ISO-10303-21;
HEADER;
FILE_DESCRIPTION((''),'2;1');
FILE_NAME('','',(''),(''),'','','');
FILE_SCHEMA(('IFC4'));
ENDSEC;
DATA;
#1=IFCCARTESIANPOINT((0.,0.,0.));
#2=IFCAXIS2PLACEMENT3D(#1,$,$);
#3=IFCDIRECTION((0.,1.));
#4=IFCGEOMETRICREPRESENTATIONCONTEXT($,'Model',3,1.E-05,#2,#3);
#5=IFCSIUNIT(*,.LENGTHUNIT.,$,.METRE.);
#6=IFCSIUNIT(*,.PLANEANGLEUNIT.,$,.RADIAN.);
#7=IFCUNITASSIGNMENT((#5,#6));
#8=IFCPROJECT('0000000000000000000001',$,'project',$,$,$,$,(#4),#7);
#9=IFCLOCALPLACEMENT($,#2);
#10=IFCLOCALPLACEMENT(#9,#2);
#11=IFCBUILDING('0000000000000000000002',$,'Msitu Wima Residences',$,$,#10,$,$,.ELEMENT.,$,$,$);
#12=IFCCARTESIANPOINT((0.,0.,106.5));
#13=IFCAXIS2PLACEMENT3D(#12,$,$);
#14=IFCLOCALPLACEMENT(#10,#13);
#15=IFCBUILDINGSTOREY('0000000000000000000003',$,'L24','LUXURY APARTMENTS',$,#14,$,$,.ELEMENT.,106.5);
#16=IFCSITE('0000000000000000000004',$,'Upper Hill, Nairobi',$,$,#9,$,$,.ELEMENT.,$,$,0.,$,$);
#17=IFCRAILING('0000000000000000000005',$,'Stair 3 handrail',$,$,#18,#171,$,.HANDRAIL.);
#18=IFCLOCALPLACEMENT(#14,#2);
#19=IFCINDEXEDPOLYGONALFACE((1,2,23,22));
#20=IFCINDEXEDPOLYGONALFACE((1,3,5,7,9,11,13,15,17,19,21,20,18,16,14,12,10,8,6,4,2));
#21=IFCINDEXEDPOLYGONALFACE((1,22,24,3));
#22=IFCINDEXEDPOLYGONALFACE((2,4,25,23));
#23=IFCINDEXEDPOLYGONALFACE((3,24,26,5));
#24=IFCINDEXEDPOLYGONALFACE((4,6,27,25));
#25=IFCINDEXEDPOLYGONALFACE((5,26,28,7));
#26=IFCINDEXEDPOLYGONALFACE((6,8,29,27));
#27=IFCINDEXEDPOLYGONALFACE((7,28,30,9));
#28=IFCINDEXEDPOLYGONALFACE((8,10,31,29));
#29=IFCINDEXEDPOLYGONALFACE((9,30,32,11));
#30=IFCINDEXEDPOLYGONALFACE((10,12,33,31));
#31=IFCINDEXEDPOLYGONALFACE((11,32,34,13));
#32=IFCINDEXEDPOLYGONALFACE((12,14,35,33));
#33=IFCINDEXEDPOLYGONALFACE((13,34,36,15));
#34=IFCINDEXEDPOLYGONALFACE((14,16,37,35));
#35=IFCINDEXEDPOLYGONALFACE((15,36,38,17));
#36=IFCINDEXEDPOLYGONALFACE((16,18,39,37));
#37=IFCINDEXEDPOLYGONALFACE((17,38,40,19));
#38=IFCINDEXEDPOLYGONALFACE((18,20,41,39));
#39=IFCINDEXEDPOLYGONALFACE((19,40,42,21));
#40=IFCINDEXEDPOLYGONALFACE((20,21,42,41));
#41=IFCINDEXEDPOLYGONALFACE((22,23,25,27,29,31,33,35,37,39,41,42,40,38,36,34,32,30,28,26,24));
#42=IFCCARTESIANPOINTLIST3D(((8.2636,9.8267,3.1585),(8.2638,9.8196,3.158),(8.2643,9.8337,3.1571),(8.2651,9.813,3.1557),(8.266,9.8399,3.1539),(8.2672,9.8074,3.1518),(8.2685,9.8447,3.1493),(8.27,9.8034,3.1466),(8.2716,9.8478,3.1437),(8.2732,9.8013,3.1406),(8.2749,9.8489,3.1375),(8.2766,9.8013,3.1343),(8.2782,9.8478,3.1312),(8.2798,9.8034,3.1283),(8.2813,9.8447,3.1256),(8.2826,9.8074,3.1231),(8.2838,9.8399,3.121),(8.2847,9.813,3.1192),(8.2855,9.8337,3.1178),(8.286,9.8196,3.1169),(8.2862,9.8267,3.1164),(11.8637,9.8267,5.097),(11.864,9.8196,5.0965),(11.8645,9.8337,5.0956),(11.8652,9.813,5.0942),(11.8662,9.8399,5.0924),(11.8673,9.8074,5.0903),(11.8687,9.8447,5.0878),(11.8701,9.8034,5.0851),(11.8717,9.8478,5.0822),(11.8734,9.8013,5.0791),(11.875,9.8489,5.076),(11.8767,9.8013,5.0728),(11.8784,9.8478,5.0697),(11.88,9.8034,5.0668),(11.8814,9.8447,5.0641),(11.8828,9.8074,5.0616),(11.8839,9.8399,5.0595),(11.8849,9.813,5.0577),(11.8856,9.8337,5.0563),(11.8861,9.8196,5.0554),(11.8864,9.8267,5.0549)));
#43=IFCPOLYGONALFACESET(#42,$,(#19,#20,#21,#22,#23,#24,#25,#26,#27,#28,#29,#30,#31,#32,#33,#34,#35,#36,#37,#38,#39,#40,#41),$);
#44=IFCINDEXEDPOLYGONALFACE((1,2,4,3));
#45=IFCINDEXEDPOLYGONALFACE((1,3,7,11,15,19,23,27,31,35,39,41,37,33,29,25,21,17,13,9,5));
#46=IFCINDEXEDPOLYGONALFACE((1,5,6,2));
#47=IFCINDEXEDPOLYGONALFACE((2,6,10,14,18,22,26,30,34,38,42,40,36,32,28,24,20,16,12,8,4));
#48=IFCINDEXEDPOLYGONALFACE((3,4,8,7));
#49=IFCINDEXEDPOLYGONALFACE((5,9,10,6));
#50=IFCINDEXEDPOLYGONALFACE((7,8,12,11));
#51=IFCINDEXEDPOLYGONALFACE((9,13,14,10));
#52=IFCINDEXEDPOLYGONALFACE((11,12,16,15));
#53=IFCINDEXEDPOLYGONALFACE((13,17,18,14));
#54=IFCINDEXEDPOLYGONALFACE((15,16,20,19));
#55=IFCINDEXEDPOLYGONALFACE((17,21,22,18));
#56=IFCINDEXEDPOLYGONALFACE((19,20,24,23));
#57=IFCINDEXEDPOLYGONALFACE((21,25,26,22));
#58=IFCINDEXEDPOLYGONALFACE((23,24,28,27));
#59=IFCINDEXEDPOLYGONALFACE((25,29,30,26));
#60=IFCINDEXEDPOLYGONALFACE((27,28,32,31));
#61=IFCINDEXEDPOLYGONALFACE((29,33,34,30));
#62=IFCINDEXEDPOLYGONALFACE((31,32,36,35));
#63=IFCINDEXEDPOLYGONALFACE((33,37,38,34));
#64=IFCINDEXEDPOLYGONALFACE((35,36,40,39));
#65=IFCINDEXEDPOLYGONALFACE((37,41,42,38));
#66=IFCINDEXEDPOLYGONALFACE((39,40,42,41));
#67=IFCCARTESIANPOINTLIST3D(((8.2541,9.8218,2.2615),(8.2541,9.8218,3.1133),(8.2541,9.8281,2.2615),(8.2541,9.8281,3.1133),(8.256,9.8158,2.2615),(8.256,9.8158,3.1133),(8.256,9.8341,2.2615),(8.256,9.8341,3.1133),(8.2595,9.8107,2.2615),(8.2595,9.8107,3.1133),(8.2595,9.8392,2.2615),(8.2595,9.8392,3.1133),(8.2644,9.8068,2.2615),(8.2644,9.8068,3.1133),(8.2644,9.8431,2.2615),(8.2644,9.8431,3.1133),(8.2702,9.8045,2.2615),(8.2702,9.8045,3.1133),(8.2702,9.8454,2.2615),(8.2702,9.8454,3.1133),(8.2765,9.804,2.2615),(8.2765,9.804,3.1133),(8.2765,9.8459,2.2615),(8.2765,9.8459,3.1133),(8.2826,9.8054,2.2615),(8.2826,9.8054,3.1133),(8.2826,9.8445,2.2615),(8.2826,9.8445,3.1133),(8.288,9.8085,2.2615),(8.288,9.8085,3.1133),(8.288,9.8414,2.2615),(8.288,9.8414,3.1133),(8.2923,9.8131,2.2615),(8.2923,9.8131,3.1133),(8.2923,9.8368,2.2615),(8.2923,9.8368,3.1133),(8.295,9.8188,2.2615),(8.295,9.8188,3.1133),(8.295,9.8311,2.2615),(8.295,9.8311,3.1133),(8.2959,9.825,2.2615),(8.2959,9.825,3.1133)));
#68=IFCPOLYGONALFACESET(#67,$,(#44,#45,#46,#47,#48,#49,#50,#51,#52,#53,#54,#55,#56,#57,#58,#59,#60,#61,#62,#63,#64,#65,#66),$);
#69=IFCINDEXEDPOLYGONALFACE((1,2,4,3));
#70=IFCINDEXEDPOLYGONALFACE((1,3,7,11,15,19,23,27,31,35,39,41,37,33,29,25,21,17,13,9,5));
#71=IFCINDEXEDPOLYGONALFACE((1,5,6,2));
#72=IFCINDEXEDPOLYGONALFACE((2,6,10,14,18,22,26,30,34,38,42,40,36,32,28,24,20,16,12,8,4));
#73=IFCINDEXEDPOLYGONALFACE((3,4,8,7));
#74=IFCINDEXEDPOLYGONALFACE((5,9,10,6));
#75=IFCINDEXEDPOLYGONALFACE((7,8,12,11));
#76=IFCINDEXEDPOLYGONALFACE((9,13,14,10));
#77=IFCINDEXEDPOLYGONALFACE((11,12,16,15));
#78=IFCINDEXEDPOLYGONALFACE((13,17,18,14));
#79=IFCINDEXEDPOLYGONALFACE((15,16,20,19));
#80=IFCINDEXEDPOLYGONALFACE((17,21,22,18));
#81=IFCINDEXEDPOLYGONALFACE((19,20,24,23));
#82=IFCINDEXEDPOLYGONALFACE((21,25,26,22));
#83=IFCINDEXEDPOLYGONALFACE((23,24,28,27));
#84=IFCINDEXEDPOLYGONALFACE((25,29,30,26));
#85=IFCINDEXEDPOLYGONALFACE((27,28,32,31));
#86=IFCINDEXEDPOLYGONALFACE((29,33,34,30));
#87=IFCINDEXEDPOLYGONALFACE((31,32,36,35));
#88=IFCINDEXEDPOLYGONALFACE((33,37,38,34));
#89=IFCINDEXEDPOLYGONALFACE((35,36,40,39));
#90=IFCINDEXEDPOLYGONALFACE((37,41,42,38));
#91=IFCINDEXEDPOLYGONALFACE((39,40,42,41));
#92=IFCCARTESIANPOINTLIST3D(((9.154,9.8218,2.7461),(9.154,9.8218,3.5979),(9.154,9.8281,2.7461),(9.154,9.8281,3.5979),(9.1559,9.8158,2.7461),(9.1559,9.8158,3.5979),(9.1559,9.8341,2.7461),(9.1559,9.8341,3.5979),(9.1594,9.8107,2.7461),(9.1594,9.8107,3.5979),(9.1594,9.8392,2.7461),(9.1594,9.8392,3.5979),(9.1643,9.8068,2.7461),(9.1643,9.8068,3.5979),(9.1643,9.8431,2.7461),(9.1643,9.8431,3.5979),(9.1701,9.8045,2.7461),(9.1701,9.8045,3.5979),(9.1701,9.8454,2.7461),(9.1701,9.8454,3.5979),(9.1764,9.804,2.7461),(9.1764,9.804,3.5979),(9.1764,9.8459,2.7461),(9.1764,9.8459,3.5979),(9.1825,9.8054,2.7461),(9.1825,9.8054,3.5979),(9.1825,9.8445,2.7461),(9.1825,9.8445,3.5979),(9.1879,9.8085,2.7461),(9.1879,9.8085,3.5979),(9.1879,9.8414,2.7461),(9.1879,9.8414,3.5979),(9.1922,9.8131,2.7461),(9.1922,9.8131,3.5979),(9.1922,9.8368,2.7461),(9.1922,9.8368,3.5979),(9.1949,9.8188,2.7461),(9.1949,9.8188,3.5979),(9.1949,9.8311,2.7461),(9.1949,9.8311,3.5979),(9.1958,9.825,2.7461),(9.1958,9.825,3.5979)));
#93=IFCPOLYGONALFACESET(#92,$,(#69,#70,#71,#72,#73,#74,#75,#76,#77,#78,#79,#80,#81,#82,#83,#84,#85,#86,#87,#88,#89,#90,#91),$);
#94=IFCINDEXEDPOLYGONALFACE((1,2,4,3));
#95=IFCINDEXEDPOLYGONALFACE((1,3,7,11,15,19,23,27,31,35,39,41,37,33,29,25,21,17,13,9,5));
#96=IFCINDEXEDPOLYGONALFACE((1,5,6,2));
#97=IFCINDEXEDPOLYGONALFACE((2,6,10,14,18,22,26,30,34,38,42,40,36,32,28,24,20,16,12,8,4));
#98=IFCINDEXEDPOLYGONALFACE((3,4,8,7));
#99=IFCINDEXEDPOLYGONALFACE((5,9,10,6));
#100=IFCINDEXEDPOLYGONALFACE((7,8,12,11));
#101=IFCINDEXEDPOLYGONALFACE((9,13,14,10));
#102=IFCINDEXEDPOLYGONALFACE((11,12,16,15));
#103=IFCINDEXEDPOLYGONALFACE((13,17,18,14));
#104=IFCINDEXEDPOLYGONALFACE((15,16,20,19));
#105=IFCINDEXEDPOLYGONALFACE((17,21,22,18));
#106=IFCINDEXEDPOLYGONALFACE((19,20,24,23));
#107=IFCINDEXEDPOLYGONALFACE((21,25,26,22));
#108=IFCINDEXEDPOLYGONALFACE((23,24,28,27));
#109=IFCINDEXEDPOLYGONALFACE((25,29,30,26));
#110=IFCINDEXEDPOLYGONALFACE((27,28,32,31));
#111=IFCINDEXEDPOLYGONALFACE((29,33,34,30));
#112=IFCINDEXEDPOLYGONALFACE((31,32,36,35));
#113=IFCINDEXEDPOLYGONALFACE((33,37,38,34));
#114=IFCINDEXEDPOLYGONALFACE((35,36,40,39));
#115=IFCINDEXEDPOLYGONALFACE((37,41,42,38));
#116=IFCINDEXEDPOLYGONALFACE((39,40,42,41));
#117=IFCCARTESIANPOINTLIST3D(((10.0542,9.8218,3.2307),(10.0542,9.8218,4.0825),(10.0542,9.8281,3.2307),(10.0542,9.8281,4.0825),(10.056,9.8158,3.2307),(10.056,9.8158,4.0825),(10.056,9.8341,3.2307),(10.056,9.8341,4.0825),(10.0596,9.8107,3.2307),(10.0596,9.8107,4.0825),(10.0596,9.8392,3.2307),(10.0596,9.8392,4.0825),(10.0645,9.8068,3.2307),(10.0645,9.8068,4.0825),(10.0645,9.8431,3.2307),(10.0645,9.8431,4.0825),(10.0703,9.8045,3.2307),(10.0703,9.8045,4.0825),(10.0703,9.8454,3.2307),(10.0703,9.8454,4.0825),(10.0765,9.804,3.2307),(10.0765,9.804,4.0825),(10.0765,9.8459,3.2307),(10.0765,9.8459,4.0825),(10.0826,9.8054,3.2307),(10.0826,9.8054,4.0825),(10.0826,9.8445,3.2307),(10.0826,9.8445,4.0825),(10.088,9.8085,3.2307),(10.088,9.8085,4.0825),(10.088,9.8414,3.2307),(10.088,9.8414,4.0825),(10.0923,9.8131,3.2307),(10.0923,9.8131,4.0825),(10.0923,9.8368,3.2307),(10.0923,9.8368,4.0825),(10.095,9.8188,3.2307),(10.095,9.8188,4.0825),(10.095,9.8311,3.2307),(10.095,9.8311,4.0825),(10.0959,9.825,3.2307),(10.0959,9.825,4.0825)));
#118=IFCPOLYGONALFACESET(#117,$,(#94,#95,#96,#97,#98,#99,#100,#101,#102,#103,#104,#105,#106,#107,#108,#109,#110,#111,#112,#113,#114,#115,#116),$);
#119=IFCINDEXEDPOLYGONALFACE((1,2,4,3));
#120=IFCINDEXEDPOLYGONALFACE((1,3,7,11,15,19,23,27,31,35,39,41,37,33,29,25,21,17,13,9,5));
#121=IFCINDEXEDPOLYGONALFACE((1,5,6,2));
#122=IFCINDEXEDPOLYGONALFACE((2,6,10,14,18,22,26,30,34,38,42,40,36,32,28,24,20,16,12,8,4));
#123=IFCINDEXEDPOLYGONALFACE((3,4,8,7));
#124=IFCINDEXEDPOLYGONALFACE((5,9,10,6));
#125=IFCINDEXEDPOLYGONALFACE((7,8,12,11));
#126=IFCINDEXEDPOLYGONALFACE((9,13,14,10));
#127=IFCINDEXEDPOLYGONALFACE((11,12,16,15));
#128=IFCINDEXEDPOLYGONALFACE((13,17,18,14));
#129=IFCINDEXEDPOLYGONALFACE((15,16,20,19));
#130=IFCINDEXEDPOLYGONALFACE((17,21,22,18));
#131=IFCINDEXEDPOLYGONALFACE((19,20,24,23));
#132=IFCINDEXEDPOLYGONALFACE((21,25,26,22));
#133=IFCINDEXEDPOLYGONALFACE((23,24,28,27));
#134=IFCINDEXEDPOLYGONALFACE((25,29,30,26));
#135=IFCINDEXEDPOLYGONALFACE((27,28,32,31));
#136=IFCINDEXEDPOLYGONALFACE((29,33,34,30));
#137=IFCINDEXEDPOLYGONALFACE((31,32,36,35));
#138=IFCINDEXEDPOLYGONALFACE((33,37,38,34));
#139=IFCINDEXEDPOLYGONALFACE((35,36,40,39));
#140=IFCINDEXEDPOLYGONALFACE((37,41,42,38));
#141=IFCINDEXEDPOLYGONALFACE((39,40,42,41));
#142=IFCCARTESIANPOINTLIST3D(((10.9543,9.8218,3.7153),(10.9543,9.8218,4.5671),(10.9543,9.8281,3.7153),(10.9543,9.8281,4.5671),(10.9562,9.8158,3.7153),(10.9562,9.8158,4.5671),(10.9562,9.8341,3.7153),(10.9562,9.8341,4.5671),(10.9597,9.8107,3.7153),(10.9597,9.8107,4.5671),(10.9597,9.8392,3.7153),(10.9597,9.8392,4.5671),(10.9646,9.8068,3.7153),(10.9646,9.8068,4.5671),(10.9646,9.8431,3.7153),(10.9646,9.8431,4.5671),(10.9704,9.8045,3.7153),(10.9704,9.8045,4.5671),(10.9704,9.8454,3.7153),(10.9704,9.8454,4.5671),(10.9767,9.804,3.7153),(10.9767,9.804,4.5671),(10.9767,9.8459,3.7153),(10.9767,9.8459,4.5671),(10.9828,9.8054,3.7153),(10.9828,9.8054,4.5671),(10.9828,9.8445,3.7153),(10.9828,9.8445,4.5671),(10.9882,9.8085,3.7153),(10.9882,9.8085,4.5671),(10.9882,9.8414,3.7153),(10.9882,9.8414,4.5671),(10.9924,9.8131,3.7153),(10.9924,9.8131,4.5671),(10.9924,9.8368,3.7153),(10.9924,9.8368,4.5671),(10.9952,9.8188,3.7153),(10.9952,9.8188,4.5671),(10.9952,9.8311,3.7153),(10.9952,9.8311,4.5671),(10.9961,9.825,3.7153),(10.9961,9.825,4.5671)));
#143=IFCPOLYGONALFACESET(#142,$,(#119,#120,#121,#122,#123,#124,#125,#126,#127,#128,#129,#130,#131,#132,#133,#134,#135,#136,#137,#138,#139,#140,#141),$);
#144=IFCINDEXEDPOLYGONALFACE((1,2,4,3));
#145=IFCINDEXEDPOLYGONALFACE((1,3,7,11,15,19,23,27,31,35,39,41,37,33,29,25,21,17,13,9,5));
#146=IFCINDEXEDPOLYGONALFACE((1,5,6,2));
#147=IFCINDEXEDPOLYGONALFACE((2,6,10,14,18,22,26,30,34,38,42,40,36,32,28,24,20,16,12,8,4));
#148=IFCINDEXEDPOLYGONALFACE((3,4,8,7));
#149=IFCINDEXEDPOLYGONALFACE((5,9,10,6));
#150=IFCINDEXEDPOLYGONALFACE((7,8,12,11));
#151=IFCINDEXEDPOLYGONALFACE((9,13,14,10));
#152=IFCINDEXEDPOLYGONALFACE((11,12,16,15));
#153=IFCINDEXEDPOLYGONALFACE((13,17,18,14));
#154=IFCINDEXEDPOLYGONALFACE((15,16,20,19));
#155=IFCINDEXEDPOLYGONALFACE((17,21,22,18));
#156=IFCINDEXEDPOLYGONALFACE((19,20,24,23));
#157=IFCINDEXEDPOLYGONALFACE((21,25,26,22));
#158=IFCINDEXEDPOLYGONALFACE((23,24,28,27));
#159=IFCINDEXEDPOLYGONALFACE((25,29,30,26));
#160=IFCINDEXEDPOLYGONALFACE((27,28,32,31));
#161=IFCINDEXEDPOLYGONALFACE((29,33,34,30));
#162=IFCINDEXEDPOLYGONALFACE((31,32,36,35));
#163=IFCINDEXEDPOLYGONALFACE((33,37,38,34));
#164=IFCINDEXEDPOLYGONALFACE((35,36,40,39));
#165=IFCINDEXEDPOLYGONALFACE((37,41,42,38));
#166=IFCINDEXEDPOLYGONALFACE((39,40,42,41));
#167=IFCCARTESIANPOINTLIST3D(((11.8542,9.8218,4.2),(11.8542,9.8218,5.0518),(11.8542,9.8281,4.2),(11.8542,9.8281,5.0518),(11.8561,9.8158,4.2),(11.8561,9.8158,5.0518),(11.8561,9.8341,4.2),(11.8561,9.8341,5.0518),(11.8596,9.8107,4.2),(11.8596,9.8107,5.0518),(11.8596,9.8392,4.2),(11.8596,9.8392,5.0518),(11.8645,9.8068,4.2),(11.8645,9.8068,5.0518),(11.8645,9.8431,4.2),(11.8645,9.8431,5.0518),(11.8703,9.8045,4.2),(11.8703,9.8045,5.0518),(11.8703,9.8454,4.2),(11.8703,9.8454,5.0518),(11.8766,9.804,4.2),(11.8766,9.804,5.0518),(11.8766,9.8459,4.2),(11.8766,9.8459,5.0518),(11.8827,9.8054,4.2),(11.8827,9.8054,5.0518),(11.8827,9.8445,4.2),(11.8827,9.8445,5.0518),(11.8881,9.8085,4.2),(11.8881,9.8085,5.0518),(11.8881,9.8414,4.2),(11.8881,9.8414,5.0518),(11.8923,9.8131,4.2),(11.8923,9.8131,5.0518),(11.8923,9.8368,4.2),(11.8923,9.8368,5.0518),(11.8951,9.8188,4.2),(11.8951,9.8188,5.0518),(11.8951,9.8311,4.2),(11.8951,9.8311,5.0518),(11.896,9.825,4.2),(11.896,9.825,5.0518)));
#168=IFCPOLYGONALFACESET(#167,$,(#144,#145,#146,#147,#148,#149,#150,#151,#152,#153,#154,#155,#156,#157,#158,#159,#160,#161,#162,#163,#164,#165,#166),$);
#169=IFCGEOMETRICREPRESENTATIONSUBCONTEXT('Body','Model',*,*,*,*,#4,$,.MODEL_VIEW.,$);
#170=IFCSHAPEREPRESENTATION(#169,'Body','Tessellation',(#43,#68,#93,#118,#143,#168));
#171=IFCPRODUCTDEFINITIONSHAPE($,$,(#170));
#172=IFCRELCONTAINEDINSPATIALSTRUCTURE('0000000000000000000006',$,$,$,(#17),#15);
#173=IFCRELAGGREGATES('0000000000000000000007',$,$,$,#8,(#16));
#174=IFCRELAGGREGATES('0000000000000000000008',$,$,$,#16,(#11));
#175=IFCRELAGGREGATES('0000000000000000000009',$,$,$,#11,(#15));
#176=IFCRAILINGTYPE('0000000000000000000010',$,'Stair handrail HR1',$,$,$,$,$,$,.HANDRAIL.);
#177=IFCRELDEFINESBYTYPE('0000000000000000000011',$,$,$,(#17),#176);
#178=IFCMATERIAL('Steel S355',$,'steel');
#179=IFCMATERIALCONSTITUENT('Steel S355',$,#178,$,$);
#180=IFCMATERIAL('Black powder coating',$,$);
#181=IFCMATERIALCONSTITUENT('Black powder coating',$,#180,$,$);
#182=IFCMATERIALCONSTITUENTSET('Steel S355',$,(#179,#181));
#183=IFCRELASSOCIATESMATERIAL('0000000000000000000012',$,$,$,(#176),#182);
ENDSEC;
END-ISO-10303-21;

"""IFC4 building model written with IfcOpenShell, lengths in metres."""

from ifc_helpers import new_model, si_unit, direction, frame, origin, origin_2d, place, context, subcontext, project, spatial, circle, extrude, material, constituent, constituent_set, type_object, element, save


model = new_model("IFC4")

# Units and contexts
model_context = context("Model", 3, precision=1e-05, world=origin(), true_north=direction((0.0, 1.0)))
body_context = subcontext(model_context, "Body", "Model", "MODEL_VIEW")
ifc_project = project(units=[si_unit("LENGTHUNIT", "METRE"), si_unit("PLANEANGLEUNIT", "RADIAN")], contexts=[model_context])

# Site, building, storey
site_placement = place(None, origin())
site = spatial("IfcSite", under=ifc_project, at=site_placement, Name="Upper Hill, Nairobi", CompositionType="ELEMENT", RefElevation=0.0)
building_placement = place(site_placement, origin())
building = spatial("IfcBuilding", under=site, at=building_placement, Name="Msitu Wima Residences", CompositionType="ELEMENT")
storey_placement = place(building_placement, frame((0.0, 0.0, 106.5)))
storey = spatial("IfcBuildingStorey", under=building, at=storey_placement, Name="L24", Description="LUXURY APARTMENTS", CompositionType="ELEMENT", Elevation=106.5)

# Railing
ifc_material_1 = material(Name="Steel S355", Category="steel")
ifc_constituent_1 = constituent(ifc_material_1, Name="Steel S355")
ifc_material_2 = material(Name="Black powder coating")
ifc_constituent_2 = constituent(ifc_material_2, Name="Black powder coating")
ifc_constituent_set = constituent_set(constituents=[ifc_constituent_1, ifc_constituent_2], Name="Steel S355")
railing_type = type_object("IfcRailingType", Name="Stair handrail HR1", PredefinedType="HANDRAIL", material=ifc_constituent_set)
for number, where, name in (
    (1, (8.2749, 9.825, 2.2615), "Stair 3 handrail"),
):
    element("IfcRailing", number, at=place(storey_placement, frame(where)), inside=storey, type_object=railing_type, Name=name, PredefinedType="HANDRAIL", context=body_context, shape_type="SweptSolid", body=[
        extrude(circle(Radius=0.0239, at=origin_2d()), frame((0.0, 0.0, 0.876), z_axis=(0.880475, 0.0, 0.474093), x_axis=(0.0, 1.0, 0.0)), (0.0, 0.0, 1.0), 4.0889),
        extrude(circle(Radius=0.021, at=origin_2d()), origin(), (0.0, 0.0, 1.0), 0.8518),
        extrude(circle(Radius=0.021, at=origin_2d()), frame((0.8999, 0.0, 0.4846)), (0.0, 0.0, 1.0), 0.8518),
        extrude(circle(Radius=0.021, at=origin_2d()), frame((1.8, 0.0, 0.9692)), (0.0, 0.0, 1.0), 0.8518),
        extrude(circle(Radius=0.021, at=origin_2d()), frame((2.7002, 0.0, 1.4539)), (0.0, 0.0, 1.0), 0.8518),
        extrude(circle(Radius=0.021, at=origin_2d()), frame((3.6001, 0.0, 1.9385)), (0.0, 0.0, 1.0), 0.8518),
    ])

save(model, "model.ifc")
